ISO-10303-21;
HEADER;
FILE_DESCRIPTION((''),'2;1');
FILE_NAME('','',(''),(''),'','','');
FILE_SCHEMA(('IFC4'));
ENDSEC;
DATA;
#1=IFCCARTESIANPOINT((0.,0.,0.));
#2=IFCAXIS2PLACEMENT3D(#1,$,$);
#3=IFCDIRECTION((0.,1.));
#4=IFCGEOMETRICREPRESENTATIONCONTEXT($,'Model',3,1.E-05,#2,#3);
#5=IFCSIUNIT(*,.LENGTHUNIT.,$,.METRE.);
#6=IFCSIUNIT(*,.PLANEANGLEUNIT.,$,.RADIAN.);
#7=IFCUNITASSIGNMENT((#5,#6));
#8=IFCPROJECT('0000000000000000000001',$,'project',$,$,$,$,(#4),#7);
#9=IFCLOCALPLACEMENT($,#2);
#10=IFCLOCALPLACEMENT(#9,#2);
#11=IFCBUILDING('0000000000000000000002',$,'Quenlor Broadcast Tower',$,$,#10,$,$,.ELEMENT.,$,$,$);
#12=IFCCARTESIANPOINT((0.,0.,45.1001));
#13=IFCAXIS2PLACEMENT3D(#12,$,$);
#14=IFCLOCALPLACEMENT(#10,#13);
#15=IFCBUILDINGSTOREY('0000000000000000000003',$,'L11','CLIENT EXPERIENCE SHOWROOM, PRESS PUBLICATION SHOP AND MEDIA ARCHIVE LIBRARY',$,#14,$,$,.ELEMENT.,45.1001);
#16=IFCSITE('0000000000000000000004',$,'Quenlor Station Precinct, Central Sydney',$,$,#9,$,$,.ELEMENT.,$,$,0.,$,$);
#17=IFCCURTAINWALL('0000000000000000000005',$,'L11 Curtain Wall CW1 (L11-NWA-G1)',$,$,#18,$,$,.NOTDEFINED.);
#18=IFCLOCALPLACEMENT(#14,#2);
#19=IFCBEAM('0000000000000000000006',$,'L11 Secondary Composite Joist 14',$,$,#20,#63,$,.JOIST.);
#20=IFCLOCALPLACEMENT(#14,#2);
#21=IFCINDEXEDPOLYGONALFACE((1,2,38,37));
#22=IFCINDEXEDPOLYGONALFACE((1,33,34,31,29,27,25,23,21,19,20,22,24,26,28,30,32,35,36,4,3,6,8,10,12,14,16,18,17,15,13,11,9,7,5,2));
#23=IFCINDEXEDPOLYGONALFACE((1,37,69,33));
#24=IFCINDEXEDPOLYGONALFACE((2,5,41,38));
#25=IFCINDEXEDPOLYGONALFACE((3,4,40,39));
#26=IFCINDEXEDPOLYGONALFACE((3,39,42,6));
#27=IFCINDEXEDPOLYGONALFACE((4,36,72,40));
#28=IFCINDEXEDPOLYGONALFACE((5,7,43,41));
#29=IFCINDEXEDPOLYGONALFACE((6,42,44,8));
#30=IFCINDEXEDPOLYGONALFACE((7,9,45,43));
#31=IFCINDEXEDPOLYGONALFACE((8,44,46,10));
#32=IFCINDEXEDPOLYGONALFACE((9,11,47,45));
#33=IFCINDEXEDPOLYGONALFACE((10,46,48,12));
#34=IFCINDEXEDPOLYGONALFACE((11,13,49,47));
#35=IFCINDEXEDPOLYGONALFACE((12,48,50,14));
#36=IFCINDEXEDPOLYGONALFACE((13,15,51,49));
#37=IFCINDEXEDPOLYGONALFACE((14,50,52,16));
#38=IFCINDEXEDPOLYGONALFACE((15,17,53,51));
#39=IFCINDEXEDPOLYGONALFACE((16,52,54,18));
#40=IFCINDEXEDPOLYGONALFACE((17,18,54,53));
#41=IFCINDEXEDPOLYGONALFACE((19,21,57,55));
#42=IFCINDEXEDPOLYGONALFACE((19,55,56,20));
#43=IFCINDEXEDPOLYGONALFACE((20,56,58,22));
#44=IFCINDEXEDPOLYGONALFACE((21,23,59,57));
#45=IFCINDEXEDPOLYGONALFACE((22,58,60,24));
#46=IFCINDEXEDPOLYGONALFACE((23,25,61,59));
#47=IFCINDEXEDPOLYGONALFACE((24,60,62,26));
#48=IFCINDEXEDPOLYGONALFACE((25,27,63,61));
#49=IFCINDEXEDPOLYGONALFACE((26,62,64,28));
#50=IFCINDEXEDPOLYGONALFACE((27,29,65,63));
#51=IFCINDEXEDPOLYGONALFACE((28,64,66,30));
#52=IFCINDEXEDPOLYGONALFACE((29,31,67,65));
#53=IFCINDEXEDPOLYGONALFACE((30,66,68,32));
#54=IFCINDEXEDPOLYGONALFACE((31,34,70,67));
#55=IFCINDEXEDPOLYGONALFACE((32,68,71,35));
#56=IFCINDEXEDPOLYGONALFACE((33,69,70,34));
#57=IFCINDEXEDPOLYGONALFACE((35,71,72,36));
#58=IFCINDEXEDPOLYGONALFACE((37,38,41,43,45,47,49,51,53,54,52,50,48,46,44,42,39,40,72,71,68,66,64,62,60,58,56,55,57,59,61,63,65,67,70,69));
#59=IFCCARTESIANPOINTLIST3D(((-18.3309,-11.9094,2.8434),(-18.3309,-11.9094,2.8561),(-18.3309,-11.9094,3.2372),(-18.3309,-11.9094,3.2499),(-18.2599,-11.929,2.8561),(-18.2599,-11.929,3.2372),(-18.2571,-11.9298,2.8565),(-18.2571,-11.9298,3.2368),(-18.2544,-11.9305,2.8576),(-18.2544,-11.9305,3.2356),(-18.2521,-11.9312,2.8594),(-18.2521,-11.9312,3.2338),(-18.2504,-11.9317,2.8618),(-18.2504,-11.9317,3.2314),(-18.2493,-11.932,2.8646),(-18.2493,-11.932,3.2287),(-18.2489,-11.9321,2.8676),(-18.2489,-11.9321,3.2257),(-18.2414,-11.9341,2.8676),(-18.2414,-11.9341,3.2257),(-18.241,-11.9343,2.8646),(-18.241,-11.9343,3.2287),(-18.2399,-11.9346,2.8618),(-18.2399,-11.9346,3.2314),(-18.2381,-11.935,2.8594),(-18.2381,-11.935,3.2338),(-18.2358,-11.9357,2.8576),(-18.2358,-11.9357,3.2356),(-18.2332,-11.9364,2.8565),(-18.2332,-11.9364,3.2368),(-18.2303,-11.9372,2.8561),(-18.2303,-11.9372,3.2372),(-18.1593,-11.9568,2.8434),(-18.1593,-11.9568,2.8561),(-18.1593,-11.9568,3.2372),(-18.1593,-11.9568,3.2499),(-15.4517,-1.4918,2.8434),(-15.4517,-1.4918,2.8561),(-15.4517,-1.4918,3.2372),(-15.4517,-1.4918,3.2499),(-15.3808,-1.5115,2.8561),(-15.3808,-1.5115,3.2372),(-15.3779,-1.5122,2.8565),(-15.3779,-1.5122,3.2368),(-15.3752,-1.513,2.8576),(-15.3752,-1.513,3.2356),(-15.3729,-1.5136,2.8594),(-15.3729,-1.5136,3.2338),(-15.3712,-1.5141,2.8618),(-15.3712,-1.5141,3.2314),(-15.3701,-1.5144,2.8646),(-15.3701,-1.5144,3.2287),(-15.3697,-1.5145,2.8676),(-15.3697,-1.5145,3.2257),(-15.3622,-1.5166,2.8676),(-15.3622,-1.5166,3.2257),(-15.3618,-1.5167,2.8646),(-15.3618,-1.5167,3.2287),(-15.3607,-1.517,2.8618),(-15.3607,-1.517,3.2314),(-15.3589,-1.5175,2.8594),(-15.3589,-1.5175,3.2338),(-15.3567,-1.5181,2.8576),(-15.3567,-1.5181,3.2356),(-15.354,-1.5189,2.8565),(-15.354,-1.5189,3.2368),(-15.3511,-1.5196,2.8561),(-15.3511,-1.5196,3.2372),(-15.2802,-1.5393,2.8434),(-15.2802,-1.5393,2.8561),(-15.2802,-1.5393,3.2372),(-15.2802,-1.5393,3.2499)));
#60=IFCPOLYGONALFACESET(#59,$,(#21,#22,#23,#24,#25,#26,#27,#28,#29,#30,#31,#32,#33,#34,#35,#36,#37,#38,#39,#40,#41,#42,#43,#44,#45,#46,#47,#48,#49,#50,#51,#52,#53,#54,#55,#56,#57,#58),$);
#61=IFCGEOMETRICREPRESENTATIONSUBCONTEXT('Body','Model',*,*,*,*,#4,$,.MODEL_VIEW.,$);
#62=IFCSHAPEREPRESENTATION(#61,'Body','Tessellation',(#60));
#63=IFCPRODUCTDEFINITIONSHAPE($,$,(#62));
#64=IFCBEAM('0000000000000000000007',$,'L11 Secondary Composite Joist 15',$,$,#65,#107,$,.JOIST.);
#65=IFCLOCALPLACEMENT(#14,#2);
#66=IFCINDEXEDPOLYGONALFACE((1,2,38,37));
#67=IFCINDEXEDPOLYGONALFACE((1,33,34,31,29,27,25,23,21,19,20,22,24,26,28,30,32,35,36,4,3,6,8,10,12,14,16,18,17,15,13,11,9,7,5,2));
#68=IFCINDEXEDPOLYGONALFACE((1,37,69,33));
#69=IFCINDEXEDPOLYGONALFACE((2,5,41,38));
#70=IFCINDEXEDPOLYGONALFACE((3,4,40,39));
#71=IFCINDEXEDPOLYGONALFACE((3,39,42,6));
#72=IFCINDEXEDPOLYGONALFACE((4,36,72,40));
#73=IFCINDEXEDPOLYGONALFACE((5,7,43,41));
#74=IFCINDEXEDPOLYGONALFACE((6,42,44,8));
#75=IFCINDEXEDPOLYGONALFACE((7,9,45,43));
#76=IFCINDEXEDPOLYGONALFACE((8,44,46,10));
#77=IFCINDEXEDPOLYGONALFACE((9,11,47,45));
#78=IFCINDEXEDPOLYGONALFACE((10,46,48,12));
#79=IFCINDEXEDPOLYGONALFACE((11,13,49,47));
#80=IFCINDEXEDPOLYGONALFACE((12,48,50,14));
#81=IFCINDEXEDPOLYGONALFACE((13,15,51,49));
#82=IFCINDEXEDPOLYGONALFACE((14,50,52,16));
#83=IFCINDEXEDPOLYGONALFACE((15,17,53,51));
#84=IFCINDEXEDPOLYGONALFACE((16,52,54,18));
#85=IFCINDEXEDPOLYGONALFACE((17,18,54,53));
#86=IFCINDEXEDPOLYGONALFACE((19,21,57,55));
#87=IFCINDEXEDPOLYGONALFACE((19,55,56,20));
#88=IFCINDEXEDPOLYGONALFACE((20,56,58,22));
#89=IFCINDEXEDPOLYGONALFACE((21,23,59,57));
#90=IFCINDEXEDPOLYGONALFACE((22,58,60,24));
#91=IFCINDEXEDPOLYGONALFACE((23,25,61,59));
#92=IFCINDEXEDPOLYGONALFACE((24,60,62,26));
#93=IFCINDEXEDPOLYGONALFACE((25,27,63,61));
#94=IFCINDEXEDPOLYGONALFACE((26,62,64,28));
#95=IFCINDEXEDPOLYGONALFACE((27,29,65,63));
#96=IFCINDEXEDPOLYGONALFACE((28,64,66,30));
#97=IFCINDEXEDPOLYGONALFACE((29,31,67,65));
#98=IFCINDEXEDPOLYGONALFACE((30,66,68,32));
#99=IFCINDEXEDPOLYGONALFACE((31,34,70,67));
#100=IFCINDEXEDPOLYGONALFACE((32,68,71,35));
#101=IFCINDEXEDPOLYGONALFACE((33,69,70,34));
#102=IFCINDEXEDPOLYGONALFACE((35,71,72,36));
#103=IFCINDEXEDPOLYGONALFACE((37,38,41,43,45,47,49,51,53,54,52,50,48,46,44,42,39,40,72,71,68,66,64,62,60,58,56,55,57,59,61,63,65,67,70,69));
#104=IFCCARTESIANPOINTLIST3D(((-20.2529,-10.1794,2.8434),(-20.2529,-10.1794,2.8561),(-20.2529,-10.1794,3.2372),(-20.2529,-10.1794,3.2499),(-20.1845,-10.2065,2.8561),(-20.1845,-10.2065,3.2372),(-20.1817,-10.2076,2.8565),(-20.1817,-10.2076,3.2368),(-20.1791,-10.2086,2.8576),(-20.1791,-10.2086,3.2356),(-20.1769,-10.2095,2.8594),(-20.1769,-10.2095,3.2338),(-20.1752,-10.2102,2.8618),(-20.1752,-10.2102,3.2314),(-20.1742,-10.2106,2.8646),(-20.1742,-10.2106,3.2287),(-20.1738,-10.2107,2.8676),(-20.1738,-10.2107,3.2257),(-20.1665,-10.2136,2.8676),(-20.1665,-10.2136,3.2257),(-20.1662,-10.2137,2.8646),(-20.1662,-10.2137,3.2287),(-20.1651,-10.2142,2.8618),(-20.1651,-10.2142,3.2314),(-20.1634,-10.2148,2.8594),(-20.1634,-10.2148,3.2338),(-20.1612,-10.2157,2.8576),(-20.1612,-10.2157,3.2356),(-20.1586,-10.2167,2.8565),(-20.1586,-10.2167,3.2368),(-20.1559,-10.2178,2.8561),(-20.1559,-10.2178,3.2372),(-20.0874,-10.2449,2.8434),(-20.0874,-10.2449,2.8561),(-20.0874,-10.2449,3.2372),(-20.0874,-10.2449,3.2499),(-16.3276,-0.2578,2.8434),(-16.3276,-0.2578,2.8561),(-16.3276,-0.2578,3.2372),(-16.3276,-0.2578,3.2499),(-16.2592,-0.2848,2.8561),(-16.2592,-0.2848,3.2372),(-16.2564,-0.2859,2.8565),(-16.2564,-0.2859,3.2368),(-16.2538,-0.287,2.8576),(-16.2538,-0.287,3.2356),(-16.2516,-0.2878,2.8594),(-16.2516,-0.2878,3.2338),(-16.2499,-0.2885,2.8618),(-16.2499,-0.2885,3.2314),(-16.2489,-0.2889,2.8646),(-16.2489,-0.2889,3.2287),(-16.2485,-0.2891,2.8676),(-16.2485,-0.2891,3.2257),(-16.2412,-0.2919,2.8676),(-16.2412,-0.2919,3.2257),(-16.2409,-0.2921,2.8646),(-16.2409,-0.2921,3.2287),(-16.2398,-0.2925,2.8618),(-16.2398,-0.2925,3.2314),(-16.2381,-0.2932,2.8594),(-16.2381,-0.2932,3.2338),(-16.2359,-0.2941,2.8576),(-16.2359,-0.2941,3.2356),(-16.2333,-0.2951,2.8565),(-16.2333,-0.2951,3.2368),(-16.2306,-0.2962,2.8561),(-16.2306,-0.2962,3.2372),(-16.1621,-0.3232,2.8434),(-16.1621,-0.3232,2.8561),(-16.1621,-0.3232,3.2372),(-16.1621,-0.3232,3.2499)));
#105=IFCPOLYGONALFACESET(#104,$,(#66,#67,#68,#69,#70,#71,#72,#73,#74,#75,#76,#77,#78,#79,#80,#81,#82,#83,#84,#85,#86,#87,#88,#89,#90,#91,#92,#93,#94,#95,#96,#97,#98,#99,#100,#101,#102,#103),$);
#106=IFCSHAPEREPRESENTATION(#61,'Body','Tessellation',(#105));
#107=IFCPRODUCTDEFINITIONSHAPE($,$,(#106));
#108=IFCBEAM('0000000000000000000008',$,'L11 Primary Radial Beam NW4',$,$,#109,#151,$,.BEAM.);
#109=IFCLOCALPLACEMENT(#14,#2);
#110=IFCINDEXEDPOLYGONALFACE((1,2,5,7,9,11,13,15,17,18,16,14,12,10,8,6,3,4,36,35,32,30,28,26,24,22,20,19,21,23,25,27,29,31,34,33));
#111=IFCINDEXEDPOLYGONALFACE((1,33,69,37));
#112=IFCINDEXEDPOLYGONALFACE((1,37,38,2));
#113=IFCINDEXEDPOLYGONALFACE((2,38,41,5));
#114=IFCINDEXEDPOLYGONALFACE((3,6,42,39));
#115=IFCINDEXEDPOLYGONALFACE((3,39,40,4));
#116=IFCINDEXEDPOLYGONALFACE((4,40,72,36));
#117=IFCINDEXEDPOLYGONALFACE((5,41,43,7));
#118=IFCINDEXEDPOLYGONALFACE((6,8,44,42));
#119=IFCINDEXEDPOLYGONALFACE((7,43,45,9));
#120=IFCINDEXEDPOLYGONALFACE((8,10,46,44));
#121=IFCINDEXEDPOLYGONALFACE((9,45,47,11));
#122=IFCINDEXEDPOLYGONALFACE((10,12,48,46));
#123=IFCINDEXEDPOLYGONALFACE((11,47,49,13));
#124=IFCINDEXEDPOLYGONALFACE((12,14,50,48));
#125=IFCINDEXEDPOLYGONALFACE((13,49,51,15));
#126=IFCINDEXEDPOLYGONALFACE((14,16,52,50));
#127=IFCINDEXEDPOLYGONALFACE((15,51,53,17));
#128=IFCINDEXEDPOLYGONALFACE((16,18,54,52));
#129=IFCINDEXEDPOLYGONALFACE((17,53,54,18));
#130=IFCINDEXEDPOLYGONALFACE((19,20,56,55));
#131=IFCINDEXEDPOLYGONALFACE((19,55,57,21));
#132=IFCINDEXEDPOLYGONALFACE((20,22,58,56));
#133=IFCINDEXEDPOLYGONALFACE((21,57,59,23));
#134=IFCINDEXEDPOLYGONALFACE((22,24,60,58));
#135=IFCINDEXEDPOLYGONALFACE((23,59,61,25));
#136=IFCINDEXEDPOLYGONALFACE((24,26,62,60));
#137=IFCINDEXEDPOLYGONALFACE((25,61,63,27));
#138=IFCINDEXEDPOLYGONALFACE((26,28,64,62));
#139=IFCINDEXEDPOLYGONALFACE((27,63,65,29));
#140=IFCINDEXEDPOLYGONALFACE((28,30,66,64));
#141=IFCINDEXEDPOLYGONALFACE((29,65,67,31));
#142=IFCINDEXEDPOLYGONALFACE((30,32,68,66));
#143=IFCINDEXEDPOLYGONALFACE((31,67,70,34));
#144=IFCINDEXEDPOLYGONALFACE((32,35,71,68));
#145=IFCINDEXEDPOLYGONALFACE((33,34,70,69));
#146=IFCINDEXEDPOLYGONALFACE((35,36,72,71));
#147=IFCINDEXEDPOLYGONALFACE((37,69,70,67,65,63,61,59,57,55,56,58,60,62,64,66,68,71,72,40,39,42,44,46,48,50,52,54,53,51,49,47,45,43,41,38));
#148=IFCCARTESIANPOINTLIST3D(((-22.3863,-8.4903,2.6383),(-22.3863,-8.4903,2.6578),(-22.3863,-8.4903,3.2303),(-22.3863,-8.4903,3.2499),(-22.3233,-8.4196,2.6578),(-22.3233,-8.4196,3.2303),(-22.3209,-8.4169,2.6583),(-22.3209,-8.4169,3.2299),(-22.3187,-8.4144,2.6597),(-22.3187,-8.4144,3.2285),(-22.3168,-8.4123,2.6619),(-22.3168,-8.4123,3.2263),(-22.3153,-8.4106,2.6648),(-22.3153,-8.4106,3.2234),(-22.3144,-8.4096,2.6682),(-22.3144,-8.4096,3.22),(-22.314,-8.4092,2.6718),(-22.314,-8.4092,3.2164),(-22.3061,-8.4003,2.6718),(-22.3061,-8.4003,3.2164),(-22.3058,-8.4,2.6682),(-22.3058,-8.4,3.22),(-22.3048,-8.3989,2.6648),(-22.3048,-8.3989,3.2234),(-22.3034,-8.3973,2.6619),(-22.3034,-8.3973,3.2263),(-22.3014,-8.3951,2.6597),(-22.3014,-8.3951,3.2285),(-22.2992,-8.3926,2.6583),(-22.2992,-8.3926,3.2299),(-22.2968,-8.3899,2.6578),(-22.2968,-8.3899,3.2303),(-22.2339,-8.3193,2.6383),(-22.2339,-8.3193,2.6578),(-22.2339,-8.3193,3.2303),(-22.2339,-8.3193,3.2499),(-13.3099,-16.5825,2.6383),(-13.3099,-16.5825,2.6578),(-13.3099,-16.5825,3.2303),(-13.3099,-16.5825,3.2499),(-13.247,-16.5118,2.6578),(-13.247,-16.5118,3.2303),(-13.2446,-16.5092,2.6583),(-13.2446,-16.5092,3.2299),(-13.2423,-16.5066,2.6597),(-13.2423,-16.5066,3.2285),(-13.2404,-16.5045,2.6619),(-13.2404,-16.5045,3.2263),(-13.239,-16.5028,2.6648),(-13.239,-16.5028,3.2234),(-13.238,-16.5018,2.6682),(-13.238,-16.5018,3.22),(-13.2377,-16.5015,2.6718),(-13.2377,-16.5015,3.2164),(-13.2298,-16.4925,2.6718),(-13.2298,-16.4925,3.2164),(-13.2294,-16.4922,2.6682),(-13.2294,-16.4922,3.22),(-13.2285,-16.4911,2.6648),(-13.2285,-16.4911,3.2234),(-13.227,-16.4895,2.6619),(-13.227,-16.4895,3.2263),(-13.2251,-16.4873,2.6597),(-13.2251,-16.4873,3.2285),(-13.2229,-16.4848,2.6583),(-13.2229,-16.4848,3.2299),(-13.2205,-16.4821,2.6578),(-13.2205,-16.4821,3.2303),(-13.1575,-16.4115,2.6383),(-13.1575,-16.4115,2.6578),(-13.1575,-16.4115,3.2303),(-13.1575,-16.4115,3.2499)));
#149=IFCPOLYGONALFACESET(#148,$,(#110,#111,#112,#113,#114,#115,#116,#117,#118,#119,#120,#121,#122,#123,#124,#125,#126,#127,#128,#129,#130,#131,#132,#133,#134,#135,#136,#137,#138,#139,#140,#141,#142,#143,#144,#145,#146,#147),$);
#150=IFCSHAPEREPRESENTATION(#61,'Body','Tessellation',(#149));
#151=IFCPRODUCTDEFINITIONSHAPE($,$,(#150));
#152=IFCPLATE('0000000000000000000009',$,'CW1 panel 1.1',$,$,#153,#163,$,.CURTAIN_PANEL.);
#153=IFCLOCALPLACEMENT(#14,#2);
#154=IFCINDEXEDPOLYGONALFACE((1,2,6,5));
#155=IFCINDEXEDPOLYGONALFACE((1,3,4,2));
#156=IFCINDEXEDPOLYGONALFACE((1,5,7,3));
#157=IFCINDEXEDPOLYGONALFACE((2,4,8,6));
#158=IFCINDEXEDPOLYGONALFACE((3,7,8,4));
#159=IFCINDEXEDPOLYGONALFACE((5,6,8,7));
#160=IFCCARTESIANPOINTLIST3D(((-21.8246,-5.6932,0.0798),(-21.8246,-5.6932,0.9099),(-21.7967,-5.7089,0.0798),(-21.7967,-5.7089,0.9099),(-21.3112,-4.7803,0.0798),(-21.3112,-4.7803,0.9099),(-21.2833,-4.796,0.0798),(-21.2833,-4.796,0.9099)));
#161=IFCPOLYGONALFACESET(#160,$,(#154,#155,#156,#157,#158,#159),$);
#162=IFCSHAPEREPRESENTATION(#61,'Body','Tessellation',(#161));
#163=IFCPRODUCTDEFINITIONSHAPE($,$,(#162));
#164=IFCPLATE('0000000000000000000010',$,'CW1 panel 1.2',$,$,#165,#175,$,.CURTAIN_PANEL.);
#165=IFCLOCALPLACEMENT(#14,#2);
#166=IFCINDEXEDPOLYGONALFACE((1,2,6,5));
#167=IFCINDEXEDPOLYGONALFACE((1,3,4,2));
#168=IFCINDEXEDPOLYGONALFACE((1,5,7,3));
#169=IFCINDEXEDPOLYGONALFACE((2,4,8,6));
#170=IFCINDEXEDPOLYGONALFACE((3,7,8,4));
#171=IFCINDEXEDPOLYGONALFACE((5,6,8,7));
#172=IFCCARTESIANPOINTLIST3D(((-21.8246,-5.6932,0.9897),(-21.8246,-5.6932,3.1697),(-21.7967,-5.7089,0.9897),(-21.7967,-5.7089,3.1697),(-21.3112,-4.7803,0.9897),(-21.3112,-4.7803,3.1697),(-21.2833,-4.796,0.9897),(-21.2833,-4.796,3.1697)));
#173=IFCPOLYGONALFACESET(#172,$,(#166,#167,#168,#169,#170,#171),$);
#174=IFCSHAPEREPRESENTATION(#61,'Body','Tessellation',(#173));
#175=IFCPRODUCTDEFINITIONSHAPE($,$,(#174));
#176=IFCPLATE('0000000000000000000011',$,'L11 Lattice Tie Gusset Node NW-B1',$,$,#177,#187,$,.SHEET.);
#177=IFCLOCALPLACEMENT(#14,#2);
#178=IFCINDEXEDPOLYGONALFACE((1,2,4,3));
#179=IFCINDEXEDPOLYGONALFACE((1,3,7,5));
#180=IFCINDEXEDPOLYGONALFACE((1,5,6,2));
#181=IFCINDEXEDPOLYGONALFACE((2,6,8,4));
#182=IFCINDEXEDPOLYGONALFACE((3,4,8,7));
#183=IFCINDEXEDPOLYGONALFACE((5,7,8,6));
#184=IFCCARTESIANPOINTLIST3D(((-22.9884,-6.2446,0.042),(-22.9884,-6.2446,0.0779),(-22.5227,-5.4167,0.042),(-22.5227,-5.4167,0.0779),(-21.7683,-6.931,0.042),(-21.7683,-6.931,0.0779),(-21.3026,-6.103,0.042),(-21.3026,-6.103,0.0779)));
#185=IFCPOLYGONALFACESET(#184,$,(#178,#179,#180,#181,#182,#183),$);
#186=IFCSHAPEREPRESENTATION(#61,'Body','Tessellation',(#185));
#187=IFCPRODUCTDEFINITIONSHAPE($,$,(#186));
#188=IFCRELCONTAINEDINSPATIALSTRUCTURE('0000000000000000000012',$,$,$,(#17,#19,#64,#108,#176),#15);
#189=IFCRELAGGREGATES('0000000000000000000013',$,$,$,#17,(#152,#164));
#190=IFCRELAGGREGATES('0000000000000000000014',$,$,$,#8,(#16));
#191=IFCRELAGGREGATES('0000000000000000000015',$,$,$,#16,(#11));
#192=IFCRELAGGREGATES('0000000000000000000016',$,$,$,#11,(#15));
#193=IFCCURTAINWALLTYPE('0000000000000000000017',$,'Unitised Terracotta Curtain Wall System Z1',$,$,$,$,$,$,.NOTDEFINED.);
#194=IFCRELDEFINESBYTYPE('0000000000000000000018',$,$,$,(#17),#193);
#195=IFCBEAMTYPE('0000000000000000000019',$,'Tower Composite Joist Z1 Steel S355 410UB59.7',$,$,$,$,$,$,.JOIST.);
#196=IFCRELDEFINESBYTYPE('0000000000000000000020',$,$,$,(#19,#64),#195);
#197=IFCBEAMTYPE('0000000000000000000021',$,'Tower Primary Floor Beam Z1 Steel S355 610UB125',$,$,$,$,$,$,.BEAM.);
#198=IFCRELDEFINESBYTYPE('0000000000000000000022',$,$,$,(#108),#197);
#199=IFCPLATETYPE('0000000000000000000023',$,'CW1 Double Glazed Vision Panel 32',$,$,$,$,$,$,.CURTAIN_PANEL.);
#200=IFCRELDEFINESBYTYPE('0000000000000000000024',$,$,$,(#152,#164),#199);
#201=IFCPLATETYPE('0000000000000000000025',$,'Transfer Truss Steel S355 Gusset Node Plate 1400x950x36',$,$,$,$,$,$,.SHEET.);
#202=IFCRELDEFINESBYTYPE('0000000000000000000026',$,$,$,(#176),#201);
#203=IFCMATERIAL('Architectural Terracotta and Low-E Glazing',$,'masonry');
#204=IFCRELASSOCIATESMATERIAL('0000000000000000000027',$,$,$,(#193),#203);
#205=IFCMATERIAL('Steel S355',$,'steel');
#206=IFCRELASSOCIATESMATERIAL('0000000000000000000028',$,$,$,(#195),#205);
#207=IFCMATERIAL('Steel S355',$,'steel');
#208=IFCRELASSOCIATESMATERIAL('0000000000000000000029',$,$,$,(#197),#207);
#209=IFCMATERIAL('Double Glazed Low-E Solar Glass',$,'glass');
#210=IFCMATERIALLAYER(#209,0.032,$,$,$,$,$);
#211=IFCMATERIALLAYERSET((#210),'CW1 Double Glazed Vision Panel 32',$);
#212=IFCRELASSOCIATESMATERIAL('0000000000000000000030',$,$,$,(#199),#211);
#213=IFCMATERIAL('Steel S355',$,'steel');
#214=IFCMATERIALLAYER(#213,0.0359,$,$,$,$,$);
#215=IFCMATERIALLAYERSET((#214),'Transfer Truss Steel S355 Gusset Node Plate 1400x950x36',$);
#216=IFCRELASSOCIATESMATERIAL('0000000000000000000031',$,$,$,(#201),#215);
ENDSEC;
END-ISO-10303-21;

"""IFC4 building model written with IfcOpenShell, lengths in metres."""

from ifc_helpers import new_model, si_unit, direction, frame, origin, origin_2d, place, context, subcontext, project, spatial, rectangle, i_section, extrude, material, layer, layer_set, material_profile, profile_set, type_object, element, aggregate, save


model = new_model("IFC4")

# Units and contexts
model_context = context("Model", 3, precision=1e-05, world=origin(), true_north=direction((0.0, 1.0)))
body_context = subcontext(model_context, "Body", "Model", "MODEL_VIEW")
ifc_project = project(units=[si_unit("LENGTHUNIT", "METRE"), si_unit("PLANEANGLEUNIT", "RADIAN")], contexts=[model_context])

# Site, building, storey
site_placement = place(None, origin())
site = spatial("IfcSite", under=ifc_project, at=site_placement, Name="Quenlor Station Precinct, Central Sydney", CompositionType="ELEMENT", RefElevation=0.0)
building_placement = place(site_placement, origin())
building = spatial("IfcBuilding", under=site, at=building_placement, Name="Quenlor Broadcast Tower", CompositionType="ELEMENT")
storey_placement = place(building_placement, frame((0.0, 0.0, 45.1001)))
storey = spatial("IfcBuildingStorey", under=building, at=storey_placement, Name="L11", Description="CLIENT EXPERIENCE SHOWROOM, PRESS PUBLICATION SHOP AND MEDIA ARCHIVE LIBRARY", CompositionType="ELEMENT", Elevation=45.1001)

# Curtain wall
ifc_material_1 = material(Name="Architectural Terracotta and Low-E Glazing", Category="masonry")
curtain_wall_type = type_object("IfcCurtainWallType", Name="Unitised Terracotta Curtain Wall System Z1", PredefinedType="NOTDEFINED", material=ifc_material_1)
curtain_wall_placement = place(storey_placement, origin())
curtain_wall = element("IfcCurtainWall", 1, at=curtain_wall_placement, inside=storey, type_object=curtain_wall_type, Name="L11 Curtain Wall CW1 (L11-NWA-G1)", PredefinedType="NOTDEFINED")

# Beams
ifc_material_2 = material(Name="Steel S355", Category="steel")
ifc_material_profile_1 = material_profile(ifc_material_2, i_section(OverallWidth=0.178, OverallDepth=0.4065, WebThickness=0.0078, FlangeThickness=0.0127, FilletRadius=0.0115, at=origin_2d()))
ifc_profile_set_1 = profile_set([ifc_material_profile_1], Name="Steel S355 410UB59.7")
beam_type_1 = type_object("IfcBeamType", Name="Tower Composite Joist Z1 Steel S355 410UB59.7", PredefinedType="JOIST", material=ifc_profile_set_1)
beam_1_placement = place(storey_placement, frame((-18.2451, -11.9331, 3.0466), z_axis=(0.26639, 0.963865, 0.0), x_axis=(-0.963865, 0.26639, 0.0)))
element("IfcBeam", 2, at=beam_1_placement, inside=storey, type_object=beam_type_1, Name="L11 Secondary Composite Joist 14", PredefinedType="JOIST", context=body_context, shape_type="SweptSolid", body=[
    extrude(i_section(OverallWidth=0.178, OverallDepth=0.4065, WebThickness=0.0078, FlangeThickness=0.0127, FilletRadius=0.0115, at=origin_2d()), origin(), (0.0, 0.0, 1.0), 10.8081),
])
beam_2_placement = place(storey_placement, frame((-20.1702, -10.2122, 3.0466), z_axis=(0.367885, 0.929871, 0.0), x_axis=(-0.929871, 0.367885, 0.0)))
element("IfcBeam", 3, at=beam_2_placement, inside=storey, type_object=beam_type_1, Name="L11 Secondary Composite Joist 15", PredefinedType="JOIST", context=body_context, shape_type="SweptSolid", body=[
    extrude(i_section(OverallWidth=0.178, OverallDepth=0.4065, WebThickness=0.0078, FlangeThickness=0.0127, FilletRadius=0.0115, at=origin_2d()), origin(), (0.0, 0.0, 1.0), 10.6699),
])
ifc_material_3 = material(Name="Steel S355", Category="steel")
ifc_material_profile_2 = material_profile(ifc_material_3, i_section(OverallWidth=0.229, OverallDepth=0.6116, WebThickness=0.012, FlangeThickness=0.0195, FilletRadius=0.0139, at=origin_2d()))
ifc_profile_set_2 = profile_set([ifc_material_profile_2], Name="Steel S355 610UB125")
beam_type_2 = type_object("IfcBeamType", Name="Tower Primary Floor Beam Z1 Steel S355 610UB125", PredefinedType="BEAM", material=ifc_profile_set_2)
beam_3_placement = place(storey_placement, frame((-22.3101, -8.4048, 2.9441), z_axis=(0.746414, -0.665482, 0.0), x_axis=(0.665482, 0.746414, 0.0)))
element("IfcBeam", 4, at=beam_3_placement, inside=storey, type_object=beam_type_2, Name="L11 Primary Radial Beam NW4", PredefinedType="BEAM", context=body_context, shape_type="SweptSolid", body=[
    extrude(i_section(OverallWidth=0.229, OverallDepth=0.6116, WebThickness=0.012, FlangeThickness=0.0195, FilletRadius=0.0139, at=origin_2d()), origin(), (0.0, 0.0, 1.0), 12.1599),
])

# Plates
ifc_material_4 = material(Name="Double Glazed Low-E Solar Glass", Category="glass")
ifc_layer_1 = layer(ifc_material_4, 0.032)
ifc_layer_set_1 = layer_set([ifc_layer_1], Name="CW1 Double Glazed Vision Panel 32")
plate_type_1 = type_object("IfcPlateType", Name="CW1 Double Glazed Vision Panel 32", PredefinedType="CURTAIN_PANEL", material=ifc_layer_set_1)
plate_1_placement = place(storey_placement, frame((-21.554, -5.2446, 0.0798), z_axis=(0.0, 0.0, 1.0), x_axis=(0.490214, 0.871602, 0.0)))
plate_1 = element("IfcPlate", 5, at=plate_1_placement, type_object=plate_type_1, Name="CW1 panel 1.1", PredefinedType="CURTAIN_PANEL", context=body_context, shape_type="SweptSolid", body=[
    extrude(rectangle(XDim=1.0474, YDim=0.032, at=origin_2d()), origin(), (0.0, 0.0, 1.0), 0.8301),
])
plate_2_placement = place(storey_placement, frame((-21.554, -5.2446, 0.9897), z_axis=(0.0, 0.0, 1.0), x_axis=(0.490214, 0.871602, 0.0)))
plate_2 = element("IfcPlate", 6, at=plate_2_placement, type_object=plate_type_1, Name="CW1 panel 1.2", PredefinedType="CURTAIN_PANEL", context=body_context, shape_type="SweptSolid", body=[
    extrude(rectangle(XDim=1.0474, YDim=0.032, at=origin_2d()), origin(), (0.0, 0.0, 1.0), 2.1799),
])
aggregate(curtain_wall, [plate_1, plate_2])

# Plate
ifc_material_5 = material(Name="Steel S355", Category="steel")
ifc_layer_2 = layer(ifc_material_5, 0.0359)
ifc_layer_set_2 = layer_set([ifc_layer_2], Name="Transfer Truss Steel S355 Gusset Node Plate 1400x950x36")
plate_type_2 = type_object("IfcPlateType", Name="Transfer Truss Steel S355 Gusset Node Plate 1400x950x36", PredefinedType="SHEET", material=ifc_layer_set_2)
for number, where, z_axis, x_axis, name in (
    (7, (-22.1455, -6.1738, 0.042), (0.0, 0.0, 1.0), (-0.871556, 0.490295, 0.0), "L11 Lattice Tie Gusset Node NW-B1"),
):
    element("IfcPlate", number, at=place(storey_placement, frame(where, z_axis=z_axis, x_axis=x_axis)), inside=storey, type_object=plate_type_2, Name=name, PredefinedType="SHEET", context=body_context, shape_type="SweptSolid", body=[
        extrude(rectangle(XDim=1.3999, YDim=0.95, at=origin_2d()), origin(), (0.0, 0.0, 1.0), 0.0359),
    ])

save(model, "model.ifc")
